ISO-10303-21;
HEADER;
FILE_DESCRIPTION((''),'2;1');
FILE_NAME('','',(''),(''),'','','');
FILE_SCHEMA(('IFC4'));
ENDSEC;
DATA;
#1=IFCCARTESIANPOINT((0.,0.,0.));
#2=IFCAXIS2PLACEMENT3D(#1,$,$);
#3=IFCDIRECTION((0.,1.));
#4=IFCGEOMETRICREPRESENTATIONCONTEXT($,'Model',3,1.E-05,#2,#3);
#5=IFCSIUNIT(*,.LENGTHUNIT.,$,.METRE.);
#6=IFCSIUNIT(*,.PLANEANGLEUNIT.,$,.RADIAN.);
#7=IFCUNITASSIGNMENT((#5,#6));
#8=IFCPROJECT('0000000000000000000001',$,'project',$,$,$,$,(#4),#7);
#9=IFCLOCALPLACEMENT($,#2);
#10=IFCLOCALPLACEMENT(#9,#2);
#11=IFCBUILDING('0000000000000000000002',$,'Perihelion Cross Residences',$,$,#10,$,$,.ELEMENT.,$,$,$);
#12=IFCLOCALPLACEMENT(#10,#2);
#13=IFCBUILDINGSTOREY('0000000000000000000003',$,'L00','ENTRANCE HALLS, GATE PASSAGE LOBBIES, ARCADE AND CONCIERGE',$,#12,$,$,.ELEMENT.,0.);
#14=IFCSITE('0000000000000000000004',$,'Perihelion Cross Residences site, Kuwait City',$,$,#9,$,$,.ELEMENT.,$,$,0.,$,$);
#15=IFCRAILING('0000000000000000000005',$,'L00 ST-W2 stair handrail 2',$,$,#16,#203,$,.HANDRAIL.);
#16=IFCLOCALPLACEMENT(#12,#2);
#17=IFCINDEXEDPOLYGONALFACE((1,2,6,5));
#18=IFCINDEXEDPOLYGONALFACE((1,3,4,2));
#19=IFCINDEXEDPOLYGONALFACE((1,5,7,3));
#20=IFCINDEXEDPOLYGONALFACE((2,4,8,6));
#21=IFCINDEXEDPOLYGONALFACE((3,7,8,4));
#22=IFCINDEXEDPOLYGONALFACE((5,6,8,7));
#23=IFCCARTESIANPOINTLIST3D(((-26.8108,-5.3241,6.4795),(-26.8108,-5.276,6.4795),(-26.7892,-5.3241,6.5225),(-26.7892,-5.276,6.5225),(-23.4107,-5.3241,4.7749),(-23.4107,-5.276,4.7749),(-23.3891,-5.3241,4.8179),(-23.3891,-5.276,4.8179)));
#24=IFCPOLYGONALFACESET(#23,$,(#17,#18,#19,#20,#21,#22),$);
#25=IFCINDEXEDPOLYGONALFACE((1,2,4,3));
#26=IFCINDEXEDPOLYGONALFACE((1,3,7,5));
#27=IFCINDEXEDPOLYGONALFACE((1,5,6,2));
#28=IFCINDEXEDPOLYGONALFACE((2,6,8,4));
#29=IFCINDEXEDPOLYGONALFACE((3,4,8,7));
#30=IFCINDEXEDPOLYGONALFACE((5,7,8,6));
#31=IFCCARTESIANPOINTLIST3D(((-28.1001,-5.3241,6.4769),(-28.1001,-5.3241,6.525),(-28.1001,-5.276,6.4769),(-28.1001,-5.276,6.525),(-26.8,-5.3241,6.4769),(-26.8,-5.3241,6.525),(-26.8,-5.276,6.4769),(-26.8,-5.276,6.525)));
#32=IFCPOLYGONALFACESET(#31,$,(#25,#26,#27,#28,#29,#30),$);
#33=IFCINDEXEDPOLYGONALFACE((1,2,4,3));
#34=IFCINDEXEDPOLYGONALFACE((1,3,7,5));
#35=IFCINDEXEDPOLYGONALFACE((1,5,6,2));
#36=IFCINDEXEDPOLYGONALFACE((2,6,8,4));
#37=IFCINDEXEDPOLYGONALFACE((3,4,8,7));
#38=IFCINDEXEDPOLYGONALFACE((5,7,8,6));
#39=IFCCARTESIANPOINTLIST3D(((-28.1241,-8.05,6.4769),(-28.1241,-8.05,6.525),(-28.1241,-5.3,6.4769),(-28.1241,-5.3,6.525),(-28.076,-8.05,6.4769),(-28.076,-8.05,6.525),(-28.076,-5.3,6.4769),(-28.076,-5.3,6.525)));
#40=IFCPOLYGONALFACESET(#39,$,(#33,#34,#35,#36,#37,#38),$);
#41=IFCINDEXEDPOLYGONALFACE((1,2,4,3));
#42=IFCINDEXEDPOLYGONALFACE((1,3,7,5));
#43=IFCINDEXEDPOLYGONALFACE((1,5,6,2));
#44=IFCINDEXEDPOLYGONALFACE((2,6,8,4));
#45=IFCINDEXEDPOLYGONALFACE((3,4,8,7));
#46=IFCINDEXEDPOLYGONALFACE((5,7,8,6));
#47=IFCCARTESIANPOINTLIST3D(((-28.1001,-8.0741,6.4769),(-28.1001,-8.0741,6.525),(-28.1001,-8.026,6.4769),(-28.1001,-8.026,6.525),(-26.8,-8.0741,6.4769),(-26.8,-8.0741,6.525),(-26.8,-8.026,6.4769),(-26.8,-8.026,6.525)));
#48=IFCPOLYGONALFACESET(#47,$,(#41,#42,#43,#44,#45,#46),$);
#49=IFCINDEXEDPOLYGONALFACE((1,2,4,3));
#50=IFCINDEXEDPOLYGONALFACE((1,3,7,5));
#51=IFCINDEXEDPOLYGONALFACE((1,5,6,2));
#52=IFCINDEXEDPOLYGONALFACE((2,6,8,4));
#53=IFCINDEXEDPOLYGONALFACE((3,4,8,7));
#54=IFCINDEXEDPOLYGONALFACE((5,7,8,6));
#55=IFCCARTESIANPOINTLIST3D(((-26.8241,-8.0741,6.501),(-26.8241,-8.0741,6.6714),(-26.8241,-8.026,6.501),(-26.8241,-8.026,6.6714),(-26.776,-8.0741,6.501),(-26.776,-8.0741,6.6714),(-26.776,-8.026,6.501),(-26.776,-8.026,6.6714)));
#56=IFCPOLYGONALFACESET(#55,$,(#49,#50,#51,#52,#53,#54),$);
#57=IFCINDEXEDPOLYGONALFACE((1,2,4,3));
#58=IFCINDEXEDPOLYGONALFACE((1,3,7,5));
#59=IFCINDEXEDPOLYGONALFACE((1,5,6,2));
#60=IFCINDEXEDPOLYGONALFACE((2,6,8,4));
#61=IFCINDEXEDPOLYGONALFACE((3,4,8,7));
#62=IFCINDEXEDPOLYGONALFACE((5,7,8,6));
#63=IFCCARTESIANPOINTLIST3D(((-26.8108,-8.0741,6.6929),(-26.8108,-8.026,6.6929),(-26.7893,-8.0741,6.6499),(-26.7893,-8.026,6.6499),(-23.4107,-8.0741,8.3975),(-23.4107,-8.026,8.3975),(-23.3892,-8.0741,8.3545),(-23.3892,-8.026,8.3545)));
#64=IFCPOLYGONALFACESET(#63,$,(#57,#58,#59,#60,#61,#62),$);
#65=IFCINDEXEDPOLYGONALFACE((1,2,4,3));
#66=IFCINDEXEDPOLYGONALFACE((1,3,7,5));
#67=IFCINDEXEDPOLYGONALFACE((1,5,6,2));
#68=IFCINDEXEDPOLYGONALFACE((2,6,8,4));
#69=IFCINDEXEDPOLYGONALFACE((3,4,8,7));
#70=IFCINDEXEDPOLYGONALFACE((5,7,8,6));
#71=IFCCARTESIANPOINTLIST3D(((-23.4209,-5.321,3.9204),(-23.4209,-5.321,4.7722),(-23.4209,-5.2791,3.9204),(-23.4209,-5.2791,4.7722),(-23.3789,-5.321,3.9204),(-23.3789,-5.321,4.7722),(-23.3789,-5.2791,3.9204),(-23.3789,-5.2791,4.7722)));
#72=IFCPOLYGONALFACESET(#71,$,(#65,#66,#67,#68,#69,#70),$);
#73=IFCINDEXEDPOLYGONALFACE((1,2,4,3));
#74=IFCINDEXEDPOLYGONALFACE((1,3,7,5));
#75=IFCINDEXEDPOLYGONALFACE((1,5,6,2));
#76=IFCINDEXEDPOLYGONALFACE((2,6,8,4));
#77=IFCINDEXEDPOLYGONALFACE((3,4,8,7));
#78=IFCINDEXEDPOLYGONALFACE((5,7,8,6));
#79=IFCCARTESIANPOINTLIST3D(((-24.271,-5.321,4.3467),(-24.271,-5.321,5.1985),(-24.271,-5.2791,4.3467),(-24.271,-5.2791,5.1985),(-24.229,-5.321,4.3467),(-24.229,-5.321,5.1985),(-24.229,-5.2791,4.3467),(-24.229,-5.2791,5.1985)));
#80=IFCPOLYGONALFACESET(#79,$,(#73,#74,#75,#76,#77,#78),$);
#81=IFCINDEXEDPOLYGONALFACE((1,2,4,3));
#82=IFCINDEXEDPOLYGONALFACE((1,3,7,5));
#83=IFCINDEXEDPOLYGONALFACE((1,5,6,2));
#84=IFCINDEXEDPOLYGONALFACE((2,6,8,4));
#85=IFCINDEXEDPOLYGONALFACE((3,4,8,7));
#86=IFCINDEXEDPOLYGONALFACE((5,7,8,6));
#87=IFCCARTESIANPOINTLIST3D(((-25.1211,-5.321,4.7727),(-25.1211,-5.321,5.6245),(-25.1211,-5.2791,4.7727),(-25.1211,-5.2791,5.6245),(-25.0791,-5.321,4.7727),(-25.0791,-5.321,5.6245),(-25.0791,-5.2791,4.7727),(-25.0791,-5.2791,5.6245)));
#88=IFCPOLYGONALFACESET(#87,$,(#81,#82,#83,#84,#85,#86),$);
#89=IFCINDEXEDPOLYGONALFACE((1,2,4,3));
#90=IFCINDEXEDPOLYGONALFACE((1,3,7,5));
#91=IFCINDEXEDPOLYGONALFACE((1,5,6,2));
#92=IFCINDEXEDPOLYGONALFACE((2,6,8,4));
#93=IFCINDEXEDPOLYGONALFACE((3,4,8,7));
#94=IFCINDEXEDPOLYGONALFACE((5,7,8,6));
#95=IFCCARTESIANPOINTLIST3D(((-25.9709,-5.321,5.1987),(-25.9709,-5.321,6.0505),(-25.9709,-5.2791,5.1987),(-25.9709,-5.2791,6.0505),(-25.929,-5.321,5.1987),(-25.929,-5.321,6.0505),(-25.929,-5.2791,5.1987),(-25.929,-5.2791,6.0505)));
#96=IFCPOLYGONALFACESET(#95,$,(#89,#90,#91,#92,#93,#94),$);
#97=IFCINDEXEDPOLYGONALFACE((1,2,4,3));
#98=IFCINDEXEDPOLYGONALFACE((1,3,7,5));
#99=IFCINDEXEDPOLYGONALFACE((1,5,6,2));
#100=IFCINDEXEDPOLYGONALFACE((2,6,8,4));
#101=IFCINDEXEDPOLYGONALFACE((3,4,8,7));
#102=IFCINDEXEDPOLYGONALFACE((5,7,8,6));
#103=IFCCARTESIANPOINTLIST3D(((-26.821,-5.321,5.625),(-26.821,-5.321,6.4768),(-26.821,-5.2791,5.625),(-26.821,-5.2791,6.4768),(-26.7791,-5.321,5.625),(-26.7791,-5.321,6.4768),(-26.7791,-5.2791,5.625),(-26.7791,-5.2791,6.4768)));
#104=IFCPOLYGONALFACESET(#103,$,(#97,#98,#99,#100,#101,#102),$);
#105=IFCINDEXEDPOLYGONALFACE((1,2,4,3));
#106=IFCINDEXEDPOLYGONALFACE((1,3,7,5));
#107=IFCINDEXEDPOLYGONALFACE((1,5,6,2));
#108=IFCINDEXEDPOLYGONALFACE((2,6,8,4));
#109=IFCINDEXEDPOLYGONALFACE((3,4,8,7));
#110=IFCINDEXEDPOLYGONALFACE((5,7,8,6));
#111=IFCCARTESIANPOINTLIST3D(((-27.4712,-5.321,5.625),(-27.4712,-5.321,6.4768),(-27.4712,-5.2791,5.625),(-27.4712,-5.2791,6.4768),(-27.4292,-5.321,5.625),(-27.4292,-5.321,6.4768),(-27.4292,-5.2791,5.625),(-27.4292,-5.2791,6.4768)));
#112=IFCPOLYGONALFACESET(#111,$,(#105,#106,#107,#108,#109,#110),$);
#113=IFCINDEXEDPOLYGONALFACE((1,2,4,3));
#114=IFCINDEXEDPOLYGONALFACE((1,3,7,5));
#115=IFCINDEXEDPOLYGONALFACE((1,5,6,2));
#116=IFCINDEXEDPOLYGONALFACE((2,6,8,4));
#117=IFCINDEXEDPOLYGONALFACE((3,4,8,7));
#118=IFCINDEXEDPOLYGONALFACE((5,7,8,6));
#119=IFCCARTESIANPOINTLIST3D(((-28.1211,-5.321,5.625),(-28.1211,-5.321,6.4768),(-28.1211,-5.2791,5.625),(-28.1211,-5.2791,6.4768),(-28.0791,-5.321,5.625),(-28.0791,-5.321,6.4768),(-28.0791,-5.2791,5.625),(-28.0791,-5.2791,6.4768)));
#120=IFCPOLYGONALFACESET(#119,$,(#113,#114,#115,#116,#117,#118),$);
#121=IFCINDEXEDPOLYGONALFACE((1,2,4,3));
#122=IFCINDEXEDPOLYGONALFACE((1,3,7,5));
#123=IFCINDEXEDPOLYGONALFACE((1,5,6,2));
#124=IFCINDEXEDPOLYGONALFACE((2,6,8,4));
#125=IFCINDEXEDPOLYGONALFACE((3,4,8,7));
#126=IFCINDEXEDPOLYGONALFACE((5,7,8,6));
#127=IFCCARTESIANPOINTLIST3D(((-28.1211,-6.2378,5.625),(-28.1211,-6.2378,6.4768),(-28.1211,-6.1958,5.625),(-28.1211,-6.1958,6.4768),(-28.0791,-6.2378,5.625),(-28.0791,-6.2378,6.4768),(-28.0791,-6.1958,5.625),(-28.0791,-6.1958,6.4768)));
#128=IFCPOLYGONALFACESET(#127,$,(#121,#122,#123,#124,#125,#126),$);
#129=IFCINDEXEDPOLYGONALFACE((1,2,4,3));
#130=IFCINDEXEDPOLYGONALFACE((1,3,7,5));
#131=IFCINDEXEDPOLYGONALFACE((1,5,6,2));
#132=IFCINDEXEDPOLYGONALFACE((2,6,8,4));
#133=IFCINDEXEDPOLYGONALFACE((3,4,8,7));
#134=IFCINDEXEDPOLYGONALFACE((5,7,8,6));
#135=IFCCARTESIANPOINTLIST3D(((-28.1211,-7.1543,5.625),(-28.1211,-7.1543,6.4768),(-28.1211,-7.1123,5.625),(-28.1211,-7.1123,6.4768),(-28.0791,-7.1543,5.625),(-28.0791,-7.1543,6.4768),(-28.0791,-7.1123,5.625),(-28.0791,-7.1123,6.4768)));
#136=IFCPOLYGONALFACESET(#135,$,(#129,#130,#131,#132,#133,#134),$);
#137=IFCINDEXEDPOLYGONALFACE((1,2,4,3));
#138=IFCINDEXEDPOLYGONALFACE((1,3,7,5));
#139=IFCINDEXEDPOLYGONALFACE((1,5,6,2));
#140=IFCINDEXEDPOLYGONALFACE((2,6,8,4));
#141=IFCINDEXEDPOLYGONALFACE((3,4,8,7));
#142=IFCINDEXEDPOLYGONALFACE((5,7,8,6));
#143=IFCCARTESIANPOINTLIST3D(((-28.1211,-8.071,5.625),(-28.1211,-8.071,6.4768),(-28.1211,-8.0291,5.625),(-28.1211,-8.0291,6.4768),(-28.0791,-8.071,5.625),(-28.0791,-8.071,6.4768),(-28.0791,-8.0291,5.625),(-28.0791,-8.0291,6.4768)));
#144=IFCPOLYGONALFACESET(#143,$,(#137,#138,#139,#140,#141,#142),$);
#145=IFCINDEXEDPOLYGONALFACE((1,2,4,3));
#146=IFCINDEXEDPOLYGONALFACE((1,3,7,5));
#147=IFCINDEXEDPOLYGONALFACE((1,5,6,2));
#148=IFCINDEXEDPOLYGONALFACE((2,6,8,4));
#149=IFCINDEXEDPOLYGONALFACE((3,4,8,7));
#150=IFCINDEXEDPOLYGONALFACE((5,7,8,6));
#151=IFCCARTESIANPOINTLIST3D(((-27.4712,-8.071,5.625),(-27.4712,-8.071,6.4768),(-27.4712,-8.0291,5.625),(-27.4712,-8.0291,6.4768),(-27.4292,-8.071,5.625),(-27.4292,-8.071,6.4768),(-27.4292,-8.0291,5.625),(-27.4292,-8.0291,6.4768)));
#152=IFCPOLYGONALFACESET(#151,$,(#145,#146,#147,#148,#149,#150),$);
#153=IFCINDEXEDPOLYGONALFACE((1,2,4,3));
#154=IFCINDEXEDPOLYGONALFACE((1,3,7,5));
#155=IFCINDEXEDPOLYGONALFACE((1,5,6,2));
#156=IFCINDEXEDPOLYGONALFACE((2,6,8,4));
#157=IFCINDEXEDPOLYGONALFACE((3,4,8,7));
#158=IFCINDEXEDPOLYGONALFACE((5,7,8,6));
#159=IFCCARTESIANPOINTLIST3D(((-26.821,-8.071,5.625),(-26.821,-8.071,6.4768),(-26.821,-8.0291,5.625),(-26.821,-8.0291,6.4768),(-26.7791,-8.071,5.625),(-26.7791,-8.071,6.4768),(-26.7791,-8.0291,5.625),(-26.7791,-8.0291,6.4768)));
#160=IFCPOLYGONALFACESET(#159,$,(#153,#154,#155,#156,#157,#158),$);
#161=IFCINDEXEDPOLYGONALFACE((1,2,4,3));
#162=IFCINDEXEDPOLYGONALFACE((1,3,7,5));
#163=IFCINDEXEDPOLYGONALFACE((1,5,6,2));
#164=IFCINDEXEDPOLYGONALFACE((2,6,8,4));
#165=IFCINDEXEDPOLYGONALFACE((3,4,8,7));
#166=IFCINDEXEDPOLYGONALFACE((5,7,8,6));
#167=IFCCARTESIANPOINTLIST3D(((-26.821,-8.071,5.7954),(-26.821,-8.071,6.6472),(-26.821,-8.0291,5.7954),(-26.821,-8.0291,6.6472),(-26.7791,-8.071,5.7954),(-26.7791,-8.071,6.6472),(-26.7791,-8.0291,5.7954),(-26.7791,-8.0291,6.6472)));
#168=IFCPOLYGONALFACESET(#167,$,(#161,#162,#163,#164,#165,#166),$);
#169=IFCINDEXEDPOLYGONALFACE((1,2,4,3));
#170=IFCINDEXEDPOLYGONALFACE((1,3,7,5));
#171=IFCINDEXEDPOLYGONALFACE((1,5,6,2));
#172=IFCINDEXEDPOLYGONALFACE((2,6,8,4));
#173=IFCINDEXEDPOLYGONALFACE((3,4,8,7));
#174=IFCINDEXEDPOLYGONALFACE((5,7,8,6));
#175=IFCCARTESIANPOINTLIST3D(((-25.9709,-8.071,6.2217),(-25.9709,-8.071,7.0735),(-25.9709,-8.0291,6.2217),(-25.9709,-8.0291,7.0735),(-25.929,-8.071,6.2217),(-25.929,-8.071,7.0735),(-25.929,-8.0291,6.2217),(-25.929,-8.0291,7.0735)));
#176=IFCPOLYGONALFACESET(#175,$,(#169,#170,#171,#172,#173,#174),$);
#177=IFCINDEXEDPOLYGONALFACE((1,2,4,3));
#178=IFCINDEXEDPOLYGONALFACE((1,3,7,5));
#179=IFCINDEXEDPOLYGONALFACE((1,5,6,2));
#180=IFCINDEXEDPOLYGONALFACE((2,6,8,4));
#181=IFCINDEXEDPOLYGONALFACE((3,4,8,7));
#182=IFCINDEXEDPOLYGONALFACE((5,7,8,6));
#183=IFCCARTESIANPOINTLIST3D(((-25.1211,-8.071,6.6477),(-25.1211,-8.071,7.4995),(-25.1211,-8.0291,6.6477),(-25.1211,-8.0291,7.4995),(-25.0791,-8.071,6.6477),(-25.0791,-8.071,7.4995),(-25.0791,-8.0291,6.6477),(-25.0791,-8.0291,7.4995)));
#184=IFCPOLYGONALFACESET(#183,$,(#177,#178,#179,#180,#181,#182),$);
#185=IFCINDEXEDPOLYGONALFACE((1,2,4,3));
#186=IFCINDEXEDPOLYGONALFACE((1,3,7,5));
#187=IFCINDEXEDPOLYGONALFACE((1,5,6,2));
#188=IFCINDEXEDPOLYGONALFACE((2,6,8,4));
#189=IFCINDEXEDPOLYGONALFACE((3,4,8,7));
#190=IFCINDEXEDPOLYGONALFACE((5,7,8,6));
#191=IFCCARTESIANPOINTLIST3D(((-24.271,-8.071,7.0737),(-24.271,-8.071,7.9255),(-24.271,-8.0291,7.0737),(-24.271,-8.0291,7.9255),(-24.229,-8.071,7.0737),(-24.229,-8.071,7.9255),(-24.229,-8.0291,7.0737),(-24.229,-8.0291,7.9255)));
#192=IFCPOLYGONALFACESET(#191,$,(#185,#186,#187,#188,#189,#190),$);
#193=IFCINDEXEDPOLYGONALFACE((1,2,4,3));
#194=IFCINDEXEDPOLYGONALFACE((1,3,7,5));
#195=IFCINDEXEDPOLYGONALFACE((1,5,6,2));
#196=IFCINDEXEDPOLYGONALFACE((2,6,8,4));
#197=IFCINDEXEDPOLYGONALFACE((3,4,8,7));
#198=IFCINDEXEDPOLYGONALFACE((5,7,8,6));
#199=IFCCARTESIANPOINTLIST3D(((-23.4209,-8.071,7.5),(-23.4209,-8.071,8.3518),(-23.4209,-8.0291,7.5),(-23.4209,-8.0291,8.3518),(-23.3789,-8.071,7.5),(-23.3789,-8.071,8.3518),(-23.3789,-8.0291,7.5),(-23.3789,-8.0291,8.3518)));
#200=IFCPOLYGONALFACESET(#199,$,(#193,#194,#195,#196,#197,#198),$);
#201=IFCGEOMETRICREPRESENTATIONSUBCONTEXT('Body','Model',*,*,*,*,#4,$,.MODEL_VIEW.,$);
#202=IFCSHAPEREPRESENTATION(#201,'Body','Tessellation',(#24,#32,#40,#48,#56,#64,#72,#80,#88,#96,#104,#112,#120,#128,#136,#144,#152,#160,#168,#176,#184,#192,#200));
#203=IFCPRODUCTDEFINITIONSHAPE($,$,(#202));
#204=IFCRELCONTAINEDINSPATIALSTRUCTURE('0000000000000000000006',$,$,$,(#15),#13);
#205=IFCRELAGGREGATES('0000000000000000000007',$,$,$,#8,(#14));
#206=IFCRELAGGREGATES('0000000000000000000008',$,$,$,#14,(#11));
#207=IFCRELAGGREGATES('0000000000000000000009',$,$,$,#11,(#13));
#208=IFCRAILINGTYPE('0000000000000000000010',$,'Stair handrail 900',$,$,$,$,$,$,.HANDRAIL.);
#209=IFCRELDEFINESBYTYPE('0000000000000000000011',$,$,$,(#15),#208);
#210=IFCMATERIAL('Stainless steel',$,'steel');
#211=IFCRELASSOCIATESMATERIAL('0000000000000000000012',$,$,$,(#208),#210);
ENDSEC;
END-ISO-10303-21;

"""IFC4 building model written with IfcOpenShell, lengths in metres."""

from ifc_helpers import new_model, si_unit, direction, frame, origin, origin_2d, place, context, subcontext, project, spatial, rectangle, extrude, material, type_object, element, save


model = new_model("IFC4")

# Units and contexts
model_context = context("Model", 3, precision=1e-05, world=origin(), true_north=direction((0.0, 1.0)))
body_context = subcontext(model_context, "Body", "Model", "MODEL_VIEW")
ifc_project = project(units=[si_unit("LENGTHUNIT", "METRE"), si_unit("PLANEANGLEUNIT", "RADIAN")], contexts=[model_context])

# Site, building, storey
site_placement = place(None, origin())
site = spatial("IfcSite", under=ifc_project, at=site_placement, Name="Perihelion Cross Residences site, Kuwait City", CompositionType="ELEMENT", RefElevation=0.0)
building_placement = place(site_placement, origin())
building = spatial("IfcBuilding", under=site, at=building_placement, Name="Perihelion Cross Residences", CompositionType="ELEMENT")
storey_placement = place(building_placement, origin())
storey = spatial("IfcBuildingStorey", under=building, at=storey_placement, Name="L00", Description="ENTRANCE HALLS, GATE PASSAGE LOBBIES, ARCADE AND CONCIERGE", CompositionType="ELEMENT", Elevation=0.0)

# Railing
ifc_material_1 = material(Name="Stainless steel", Category="steel")
railing_type = type_object("IfcRailingType", Name="Stair handrail 900", PredefinedType="HANDRAIL", material=ifc_material_1)
railing_1_placement = place(storey_placement, frame((-23.3999, -5.3, 3.9204)))
element("IfcRailing", 1, at=railing_1_placement, inside=storey, type_object=railing_type, Name="L00 ST-W2 stair handrail 2", PredefinedType="HANDRAIL", context=body_context, shape_type="SweptSolid", body=[
    extrude(rectangle(XDim=0.0481, YDim=0.0481, at=origin_2d()), frame((0.0, 0.0, 0.876), z_axis=(-0.893952, 0.0, 0.448163), x_axis=(0.0, -1.0, 0.0)), (0.0, 0.0, 1.0), 3.8035),
    extrude(rectangle(XDim=0.0481, YDim=0.0481, at=origin_2d()), frame((-3.4001, 0.0, 2.5806), z_axis=(-1.0, 0.0, 0.0), x_axis=(0.0, -1.0, 0.0)), (0.0, 0.0, 1.0), 1.3),
    extrude(rectangle(XDim=0.0481, YDim=0.0481, at=origin_2d()), frame((-4.7002, 0.0, 2.5806), z_axis=(0.0, -1.0, 0.0), x_axis=(1.0, 0.0, 0.0)), (0.0, 0.0, 1.0), 2.75),
    extrude(rectangle(XDim=0.0481, YDim=0.0481, at=origin_2d()), frame((-4.7002, -2.75, 2.5806), z_axis=(1.0, 0.0, 0.0), x_axis=(0.0, 1.0, 0.0)), (0.0, 0.0, 1.0), 1.3),
    extrude(rectangle(XDim=0.0481, YDim=0.0481, at=origin_2d()), frame((-3.4001, -2.75, 2.5806), z_axis=(0.0, 0.0, 1.0), x_axis=(1.0, 0.0, 0.0)), (0.0, 0.0, 1.0), 0.1704),
    extrude(rectangle(XDim=0.0481, YDim=0.0481, at=origin_2d()), frame((-3.4001, -2.75, 2.751), z_axis=(0.893952, 0.0, 0.448163), x_axis=(0.0, 1.0, 0.0)), (0.0, 0.0, 1.0), 3.8035),
    extrude(rectangle(XDim=0.042, YDim=0.042, at=origin_2d()), origin(), (0.0, 0.0, 1.0), 0.8518),
    extrude(rectangle(XDim=0.042, YDim=0.042, at=origin_2d()), frame((-0.8501, 0.0, 0.4263)), (0.0, 0.0, 1.0), 0.8518),
    extrude(rectangle(XDim=0.042, YDim=0.042, at=origin_2d()), frame((-1.7002, 0.0, 0.8523)), (0.0, 0.0, 1.0), 0.8518),
    extrude(rectangle(XDim=0.042, YDim=0.042, at=origin_2d()), frame((-2.55, 0.0, 1.2783)), (0.0, 0.0, 1.0), 0.8518),
    extrude(rectangle(XDim=0.042, YDim=0.042, at=origin_2d()), frame((-3.4001, 0.0, 1.7046)), (0.0, 0.0, 1.0), 0.8518),
    extrude(rectangle(XDim=0.042, YDim=0.042, at=origin_2d()), frame((-4.0503, 0.0, 1.7046)), (0.0, 0.0, 1.0), 0.8518),
    extrude(rectangle(XDim=0.042, YDim=0.042, at=origin_2d()), frame((-4.7002, 0.0, 1.7046)), (0.0, 0.0, 1.0), 0.8518),
    extrude(rectangle(XDim=0.042, YDim=0.042, at=origin_2d()), frame((-4.7002, -0.9167, 1.7046)), (0.0, 0.0, 1.0), 0.8518),
    extrude(rectangle(XDim=0.042, YDim=0.042, at=origin_2d()), frame((-4.7002, -1.8333, 1.7046)), (0.0, 0.0, 1.0), 0.8518),
    extrude(rectangle(XDim=0.042, YDim=0.042, at=origin_2d()), frame((-4.7002, -2.75, 1.7046)), (0.0, 0.0, 1.0), 0.8518),
    extrude(rectangle(XDim=0.042, YDim=0.042, at=origin_2d()), frame((-4.0503, -2.75, 1.7046)), (0.0, 0.0, 1.0), 0.8518),
    extrude(rectangle(XDim=0.042, YDim=0.042, at=origin_2d()), frame((-3.4001, -2.75, 1.7046)), (0.0, 0.0, 1.0), 0.8518),
    extrude(rectangle(XDim=0.042, YDim=0.042, at=origin_2d()), frame((-3.4001, -2.75, 1.875)), (0.0, 0.0, 1.0), 0.8518),
    extrude(rectangle(XDim=0.042, YDim=0.042, at=origin_2d()), frame((-2.55, -2.75, 2.3013)), (0.0, 0.0, 1.0), 0.8518),
    extrude(rectangle(XDim=0.042, YDim=0.042, at=origin_2d()), frame((-1.7002, -2.75, 2.7273)), (0.0, 0.0, 1.0), 0.8518),
    extrude(rectangle(XDim=0.042, YDim=0.042, at=origin_2d()), frame((-0.8501, -2.75, 3.1533)), (0.0, 0.0, 1.0), 0.8518),
    extrude(rectangle(XDim=0.042, YDim=0.042, at=origin_2d()), frame((0.0, -2.75, 3.5796)), (0.0, 0.0, 1.0), 0.8518),
])

save(model, "model.ifc")
